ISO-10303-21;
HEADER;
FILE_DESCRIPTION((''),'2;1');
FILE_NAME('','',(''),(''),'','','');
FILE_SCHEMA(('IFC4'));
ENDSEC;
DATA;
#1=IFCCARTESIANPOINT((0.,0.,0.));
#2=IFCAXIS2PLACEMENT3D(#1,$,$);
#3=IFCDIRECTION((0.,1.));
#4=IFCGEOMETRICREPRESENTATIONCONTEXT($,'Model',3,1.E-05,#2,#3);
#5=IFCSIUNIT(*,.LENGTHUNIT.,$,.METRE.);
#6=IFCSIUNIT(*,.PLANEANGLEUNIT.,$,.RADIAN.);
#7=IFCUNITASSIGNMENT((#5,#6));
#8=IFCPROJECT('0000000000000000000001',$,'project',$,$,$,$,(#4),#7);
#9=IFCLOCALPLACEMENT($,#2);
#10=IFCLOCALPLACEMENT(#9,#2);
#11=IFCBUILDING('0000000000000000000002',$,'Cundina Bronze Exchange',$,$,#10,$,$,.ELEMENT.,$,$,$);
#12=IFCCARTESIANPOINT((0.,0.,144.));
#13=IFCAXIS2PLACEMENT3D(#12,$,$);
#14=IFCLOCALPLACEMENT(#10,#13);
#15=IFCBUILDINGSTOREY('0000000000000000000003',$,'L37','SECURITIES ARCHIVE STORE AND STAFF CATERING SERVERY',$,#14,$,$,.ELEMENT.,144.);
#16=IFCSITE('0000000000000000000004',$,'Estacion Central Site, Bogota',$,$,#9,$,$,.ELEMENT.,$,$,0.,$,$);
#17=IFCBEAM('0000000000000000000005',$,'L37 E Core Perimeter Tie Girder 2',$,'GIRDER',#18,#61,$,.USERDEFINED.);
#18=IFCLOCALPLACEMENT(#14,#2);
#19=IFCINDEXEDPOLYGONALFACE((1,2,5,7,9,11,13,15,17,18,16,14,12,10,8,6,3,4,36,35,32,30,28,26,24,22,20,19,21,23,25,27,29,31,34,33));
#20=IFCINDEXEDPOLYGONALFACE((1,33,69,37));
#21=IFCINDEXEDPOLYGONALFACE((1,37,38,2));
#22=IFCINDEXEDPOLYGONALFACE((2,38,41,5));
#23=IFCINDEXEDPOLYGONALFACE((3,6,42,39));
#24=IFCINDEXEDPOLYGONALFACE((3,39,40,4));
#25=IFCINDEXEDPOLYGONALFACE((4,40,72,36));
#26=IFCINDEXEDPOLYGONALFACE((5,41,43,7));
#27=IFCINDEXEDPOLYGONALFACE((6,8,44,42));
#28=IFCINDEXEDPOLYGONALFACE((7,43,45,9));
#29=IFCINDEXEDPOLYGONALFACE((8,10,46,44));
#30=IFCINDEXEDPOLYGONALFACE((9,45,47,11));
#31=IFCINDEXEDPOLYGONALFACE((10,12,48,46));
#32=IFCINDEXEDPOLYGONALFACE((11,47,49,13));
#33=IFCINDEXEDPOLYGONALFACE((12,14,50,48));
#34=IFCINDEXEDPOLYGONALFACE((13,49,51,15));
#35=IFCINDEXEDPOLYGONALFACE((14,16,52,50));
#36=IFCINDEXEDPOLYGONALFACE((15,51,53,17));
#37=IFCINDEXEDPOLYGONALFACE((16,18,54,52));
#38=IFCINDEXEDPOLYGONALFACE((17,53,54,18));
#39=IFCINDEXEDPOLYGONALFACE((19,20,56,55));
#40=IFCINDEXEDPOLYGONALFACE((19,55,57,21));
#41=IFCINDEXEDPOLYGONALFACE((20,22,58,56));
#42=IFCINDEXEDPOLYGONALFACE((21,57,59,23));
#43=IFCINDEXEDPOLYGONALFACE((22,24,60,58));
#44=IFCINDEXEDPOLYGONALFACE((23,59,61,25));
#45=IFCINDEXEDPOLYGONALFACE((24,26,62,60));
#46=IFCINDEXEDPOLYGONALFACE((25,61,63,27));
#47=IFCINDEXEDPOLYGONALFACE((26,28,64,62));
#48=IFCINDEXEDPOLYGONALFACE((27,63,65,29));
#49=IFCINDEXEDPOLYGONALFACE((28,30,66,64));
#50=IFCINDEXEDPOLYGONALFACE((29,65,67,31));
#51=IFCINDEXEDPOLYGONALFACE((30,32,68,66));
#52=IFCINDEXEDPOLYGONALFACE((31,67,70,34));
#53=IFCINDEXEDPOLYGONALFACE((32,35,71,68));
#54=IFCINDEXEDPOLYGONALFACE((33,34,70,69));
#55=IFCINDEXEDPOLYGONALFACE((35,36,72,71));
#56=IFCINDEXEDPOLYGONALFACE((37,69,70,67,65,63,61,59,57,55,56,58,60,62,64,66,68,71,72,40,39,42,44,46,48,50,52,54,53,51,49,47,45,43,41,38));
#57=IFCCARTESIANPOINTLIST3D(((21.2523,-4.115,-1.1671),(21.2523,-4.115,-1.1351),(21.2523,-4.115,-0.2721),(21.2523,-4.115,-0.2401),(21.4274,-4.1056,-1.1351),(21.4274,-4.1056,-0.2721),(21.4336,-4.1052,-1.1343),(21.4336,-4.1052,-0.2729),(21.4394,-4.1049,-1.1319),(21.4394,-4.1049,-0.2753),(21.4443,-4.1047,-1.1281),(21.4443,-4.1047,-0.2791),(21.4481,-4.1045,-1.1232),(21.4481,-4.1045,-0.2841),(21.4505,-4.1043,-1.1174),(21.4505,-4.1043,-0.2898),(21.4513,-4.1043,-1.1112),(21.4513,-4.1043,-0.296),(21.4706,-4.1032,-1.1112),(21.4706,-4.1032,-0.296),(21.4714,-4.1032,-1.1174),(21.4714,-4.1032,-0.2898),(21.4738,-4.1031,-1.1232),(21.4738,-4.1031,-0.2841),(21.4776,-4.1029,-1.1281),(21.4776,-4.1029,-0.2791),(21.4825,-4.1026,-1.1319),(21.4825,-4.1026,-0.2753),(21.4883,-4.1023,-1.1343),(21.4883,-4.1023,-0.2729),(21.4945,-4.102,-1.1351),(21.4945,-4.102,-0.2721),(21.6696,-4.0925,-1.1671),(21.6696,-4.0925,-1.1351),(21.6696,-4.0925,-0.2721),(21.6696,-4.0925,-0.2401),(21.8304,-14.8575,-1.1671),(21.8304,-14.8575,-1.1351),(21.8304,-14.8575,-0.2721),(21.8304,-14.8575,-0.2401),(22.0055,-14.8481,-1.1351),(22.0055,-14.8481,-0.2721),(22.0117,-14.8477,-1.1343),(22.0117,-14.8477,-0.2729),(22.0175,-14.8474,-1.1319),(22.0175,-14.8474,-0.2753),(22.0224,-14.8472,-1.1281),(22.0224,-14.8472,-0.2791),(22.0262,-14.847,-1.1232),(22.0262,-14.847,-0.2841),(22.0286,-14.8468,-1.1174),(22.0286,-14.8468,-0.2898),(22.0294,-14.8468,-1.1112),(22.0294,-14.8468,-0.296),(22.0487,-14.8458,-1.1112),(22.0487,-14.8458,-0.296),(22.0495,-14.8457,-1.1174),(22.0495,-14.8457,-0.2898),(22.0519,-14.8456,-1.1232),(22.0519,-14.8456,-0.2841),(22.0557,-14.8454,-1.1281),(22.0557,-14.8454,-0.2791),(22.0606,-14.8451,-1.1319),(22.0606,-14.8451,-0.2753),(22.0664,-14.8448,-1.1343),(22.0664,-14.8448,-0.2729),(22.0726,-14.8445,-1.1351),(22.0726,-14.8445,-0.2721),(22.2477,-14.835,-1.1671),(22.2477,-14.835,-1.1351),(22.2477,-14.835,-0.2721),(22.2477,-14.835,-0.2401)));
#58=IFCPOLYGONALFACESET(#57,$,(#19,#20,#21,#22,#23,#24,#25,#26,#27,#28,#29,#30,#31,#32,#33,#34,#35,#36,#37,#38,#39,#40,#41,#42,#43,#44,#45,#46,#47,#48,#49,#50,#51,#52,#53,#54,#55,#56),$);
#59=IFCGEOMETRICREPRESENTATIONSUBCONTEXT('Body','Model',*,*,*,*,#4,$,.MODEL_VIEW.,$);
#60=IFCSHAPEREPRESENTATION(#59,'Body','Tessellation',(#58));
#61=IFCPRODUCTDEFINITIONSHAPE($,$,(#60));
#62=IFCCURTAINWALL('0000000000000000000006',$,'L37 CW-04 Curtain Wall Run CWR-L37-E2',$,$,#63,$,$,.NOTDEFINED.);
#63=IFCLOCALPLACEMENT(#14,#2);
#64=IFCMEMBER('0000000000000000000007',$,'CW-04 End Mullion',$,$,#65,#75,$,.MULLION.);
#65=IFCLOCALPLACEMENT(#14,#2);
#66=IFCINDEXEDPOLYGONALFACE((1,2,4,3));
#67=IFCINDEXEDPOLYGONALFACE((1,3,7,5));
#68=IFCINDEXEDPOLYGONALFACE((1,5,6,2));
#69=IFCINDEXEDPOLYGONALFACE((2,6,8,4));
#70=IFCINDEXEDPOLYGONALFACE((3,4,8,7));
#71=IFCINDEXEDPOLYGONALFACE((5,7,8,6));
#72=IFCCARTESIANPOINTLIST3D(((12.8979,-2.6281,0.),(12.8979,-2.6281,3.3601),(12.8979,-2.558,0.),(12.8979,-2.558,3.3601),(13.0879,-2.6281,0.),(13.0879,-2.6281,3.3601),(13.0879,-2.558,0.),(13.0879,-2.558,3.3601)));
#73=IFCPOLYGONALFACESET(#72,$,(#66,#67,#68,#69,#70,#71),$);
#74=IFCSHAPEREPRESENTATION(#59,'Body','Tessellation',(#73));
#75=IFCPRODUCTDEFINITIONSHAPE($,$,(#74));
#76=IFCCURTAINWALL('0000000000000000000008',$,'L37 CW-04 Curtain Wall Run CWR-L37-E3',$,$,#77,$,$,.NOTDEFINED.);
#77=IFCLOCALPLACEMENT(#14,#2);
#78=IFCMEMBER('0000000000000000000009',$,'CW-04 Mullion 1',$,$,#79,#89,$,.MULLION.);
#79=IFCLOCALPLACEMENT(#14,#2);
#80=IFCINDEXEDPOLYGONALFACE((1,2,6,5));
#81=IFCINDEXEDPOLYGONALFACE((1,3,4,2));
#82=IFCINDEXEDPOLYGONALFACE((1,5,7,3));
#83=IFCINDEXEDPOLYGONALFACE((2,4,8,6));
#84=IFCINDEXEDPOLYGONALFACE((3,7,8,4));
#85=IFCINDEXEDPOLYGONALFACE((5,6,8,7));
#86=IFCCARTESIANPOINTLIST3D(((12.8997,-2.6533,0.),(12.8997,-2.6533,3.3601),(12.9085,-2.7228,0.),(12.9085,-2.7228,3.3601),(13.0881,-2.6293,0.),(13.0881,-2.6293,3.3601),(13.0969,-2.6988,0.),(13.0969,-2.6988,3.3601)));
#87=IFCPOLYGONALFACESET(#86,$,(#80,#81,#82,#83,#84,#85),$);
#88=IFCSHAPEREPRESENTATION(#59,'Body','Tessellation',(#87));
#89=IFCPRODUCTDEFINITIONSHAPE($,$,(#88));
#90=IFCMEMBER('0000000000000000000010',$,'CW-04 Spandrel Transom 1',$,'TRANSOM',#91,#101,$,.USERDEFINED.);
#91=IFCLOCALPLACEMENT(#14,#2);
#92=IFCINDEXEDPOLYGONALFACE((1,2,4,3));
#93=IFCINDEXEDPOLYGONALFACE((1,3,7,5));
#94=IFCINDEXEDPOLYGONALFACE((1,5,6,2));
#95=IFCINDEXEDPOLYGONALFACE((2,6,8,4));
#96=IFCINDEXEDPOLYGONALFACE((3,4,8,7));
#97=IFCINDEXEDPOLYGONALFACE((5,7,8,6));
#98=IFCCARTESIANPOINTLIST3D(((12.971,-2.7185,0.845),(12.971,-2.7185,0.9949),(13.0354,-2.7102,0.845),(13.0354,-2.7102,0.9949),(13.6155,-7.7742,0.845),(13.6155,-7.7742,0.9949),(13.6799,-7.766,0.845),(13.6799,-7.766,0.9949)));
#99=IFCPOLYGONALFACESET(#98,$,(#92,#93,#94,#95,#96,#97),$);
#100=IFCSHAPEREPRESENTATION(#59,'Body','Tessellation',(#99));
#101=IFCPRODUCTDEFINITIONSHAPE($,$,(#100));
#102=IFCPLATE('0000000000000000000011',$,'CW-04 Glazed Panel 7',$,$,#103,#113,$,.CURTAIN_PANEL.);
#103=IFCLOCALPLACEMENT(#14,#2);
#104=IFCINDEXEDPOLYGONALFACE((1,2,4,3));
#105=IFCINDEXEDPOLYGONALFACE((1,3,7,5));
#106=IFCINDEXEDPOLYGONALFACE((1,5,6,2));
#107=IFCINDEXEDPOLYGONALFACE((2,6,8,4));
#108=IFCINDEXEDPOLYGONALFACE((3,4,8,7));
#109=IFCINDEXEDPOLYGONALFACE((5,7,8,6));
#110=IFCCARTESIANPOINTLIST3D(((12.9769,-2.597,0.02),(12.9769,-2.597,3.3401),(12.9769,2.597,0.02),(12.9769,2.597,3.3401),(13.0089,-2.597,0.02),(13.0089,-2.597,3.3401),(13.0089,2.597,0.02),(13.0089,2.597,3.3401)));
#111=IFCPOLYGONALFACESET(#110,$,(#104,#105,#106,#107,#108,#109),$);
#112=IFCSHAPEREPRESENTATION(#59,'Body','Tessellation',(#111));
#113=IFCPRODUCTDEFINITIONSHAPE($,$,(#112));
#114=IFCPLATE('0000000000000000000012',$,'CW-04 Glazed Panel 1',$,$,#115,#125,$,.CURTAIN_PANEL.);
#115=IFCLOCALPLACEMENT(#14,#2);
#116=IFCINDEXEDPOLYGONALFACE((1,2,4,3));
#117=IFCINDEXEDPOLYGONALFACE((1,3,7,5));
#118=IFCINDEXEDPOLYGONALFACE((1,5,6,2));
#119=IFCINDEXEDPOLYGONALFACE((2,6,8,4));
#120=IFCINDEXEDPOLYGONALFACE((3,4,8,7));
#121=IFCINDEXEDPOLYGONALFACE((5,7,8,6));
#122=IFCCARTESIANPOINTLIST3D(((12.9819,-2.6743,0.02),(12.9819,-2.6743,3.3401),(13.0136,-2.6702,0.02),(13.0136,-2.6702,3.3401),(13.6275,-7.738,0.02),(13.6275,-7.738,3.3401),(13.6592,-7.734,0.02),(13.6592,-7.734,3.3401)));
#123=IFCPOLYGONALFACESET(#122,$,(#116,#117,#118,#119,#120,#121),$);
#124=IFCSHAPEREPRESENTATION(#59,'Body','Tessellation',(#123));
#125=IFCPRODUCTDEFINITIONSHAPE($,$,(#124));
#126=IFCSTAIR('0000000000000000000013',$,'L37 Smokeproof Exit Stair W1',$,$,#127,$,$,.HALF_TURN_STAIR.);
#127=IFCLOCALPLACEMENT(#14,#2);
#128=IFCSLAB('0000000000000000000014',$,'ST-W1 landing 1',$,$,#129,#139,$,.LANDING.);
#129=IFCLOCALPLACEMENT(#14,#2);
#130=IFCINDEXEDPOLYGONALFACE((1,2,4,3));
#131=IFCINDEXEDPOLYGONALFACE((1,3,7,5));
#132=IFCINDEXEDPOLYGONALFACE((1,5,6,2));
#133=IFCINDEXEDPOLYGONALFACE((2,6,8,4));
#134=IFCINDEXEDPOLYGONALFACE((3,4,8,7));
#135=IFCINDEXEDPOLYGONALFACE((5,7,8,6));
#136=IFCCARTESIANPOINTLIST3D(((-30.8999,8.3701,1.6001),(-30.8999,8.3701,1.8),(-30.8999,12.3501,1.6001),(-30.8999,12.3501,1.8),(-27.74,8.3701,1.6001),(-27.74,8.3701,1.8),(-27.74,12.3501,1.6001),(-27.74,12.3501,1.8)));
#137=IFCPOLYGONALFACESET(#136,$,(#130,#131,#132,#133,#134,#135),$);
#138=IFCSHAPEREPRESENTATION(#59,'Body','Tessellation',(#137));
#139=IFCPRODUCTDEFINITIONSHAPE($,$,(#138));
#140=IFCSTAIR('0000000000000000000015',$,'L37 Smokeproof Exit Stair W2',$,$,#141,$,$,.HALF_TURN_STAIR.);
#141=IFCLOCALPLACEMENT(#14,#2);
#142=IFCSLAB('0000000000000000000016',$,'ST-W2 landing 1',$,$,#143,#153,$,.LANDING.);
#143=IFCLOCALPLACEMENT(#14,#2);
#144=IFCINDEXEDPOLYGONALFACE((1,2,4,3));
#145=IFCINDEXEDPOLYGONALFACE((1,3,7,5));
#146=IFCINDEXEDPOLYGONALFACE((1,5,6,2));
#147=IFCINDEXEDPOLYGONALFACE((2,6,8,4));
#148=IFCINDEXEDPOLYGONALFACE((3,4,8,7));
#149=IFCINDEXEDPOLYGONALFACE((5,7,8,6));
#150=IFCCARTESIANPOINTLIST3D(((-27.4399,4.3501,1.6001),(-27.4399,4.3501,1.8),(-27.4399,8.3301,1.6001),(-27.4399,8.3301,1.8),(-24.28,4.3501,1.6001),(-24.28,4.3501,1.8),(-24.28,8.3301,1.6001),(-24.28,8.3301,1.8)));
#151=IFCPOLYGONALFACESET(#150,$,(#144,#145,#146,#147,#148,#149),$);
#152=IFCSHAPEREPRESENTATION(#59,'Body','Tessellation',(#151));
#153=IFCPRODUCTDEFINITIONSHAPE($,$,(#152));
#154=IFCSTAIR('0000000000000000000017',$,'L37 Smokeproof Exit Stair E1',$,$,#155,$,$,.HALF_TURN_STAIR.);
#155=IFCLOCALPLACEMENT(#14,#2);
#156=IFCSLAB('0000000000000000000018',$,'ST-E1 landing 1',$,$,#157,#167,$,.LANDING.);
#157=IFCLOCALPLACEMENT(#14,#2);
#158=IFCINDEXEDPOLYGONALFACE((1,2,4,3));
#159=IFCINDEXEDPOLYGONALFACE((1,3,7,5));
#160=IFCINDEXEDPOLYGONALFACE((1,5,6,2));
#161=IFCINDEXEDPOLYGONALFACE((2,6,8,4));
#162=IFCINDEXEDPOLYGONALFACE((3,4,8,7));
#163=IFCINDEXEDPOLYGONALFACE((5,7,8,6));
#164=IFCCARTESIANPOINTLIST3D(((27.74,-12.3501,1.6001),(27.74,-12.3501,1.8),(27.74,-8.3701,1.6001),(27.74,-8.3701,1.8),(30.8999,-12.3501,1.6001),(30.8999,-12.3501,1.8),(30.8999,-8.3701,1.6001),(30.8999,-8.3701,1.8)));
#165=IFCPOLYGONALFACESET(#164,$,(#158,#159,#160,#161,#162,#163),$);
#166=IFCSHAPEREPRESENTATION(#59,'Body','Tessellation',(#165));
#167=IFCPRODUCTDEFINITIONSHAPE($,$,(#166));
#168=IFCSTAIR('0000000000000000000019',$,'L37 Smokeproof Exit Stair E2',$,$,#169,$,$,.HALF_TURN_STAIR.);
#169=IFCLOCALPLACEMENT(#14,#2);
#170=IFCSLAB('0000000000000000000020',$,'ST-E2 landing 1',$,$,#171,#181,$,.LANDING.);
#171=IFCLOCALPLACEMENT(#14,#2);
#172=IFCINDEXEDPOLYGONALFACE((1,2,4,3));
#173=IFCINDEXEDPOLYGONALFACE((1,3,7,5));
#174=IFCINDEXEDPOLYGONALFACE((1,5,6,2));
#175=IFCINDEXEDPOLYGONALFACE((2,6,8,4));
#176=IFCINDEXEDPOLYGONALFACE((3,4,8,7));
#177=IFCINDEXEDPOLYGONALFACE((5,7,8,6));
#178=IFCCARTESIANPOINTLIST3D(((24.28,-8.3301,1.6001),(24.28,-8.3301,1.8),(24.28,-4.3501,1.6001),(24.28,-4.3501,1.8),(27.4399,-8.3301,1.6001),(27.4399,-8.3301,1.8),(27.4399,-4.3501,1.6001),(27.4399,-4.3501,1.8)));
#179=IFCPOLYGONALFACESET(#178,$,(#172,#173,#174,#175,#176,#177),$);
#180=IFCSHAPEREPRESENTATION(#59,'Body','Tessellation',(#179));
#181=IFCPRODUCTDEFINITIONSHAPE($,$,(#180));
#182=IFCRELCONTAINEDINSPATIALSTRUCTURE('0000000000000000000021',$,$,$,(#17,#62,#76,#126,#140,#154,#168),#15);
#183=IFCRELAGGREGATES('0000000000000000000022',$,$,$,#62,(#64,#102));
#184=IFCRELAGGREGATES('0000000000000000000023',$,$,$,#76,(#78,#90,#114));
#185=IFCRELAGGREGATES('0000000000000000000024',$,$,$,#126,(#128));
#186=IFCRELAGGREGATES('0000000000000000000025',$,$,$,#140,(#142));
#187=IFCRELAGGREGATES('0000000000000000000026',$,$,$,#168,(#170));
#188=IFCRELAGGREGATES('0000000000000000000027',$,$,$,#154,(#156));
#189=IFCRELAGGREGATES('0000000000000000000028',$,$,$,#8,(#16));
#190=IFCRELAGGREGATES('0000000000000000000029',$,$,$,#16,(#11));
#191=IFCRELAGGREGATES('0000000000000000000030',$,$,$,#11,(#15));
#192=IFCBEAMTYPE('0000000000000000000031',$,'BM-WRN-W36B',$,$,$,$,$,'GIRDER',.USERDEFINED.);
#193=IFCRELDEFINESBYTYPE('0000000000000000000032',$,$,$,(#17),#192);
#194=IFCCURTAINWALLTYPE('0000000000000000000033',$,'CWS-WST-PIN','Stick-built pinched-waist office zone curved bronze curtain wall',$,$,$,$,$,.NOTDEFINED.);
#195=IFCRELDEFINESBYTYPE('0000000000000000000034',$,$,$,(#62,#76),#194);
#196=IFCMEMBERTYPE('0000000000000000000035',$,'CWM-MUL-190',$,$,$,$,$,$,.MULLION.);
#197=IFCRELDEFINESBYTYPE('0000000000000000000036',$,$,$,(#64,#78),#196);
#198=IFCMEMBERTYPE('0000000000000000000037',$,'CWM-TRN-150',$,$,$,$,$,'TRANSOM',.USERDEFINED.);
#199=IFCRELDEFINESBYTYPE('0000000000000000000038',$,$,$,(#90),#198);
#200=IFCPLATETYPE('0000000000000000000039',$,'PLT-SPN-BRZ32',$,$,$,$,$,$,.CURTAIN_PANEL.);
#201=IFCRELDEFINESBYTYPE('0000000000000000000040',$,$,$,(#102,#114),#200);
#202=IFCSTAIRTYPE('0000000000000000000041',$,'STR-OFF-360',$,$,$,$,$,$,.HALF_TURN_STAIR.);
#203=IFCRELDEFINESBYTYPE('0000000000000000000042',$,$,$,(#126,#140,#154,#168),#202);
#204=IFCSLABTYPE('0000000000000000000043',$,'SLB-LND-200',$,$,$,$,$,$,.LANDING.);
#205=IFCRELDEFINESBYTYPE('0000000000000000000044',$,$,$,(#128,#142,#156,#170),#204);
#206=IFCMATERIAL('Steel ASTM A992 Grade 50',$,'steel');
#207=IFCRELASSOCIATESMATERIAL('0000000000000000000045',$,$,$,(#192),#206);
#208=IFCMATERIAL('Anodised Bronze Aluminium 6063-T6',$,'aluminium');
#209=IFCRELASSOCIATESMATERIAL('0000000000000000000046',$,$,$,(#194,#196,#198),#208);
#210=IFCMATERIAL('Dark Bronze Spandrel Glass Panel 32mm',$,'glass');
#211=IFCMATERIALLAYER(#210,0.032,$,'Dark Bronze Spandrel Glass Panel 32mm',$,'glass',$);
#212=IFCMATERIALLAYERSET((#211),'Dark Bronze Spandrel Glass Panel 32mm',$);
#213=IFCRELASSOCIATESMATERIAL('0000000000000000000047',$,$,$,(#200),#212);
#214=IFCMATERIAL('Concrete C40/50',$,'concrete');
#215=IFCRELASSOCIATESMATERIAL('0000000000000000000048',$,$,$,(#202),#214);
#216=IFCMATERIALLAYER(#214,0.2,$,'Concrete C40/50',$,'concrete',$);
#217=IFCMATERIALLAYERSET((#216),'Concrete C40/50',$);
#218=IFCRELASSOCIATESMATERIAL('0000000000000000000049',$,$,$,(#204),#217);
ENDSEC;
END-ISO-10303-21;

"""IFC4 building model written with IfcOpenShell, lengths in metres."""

from ifc_helpers import new_model, si_unit, direction, frame, origin, origin_2d, place, context, subcontext, project, spatial, polyline, rectangle, i_section, outline, extrude, material, layer, layer_set, material_profile, profile_set, type_object, element, aggregate, save


model = new_model("IFC4")

# Units and contexts
model_context = context("Model", 3, precision=1e-05, world=origin(), true_north=direction((0.0, 1.0)))
body_context = subcontext(model_context, "Body", "Model", "MODEL_VIEW")
ifc_project = project(units=[si_unit("LENGTHUNIT", "METRE"), si_unit("PLANEANGLEUNIT", "RADIAN")], contexts=[model_context])

# Site, building, storey
site_placement = place(None, origin())
site = spatial("IfcSite", under=ifc_project, at=site_placement, Name="Estacion Central Site, Bogota", CompositionType="ELEMENT", RefElevation=0.0)
building_placement = place(site_placement, origin())
building = spatial("IfcBuilding", under=site, at=building_placement, Name="Cundina Bronze Exchange", CompositionType="ELEMENT")
storey_placement = place(building_placement, frame((0.0, 0.0, 144.0)))
storey = spatial("IfcBuildingStorey", under=building, at=storey_placement, Name="L37", Description="SECURITIES ARCHIVE STORE AND STAFF CATERING SERVERY", CompositionType="ELEMENT", Elevation=144.0)

# Shared definitions
ifc_material_1 = material(Name="Steel ASTM A992 Grade 50", Category="steel")

# Beam
ifc_material_profile_1 = material_profile(ifc_material_1, i_section(OverallWidth=0.418, OverallDepth=0.927, WebThickness=0.0193, FlangeThickness=0.032, FilletRadius=0.0239, at=origin_2d()), Name="W36X231", Category="steel")
ifc_profile_set_1 = profile_set([ifc_material_profile_1], Name="Steel ASTM A992 Grade 50")
beam_type_1 = type_object("IfcBeamType", Name="BM-WRN-W36B", ElementType="GIRDER", PredefinedType="USERDEFINED", material=ifc_profile_set_1)
beam_1_placement = place(storey_placement, frame((21.4609, -4.1038, -0.7036), z_axis=(0.053739, -0.998555, 0.0), x_axis=(0.998555, 0.053739, 0.0)))
element("IfcBeam", 1, at=beam_1_placement, inside=storey, type_object=beam_type_1, Name="L37 E Core Perimeter Tie Girder 2", ObjectType="GIRDER", PredefinedType="USERDEFINED", context=body_context, shape_type="SweptSolid", body=[
    extrude(i_section(OverallWidth=0.418, OverallDepth=0.927, WebThickness=0.0193, FlangeThickness=0.032, FilletRadius=0.0239, at=origin_2d()), origin(), (0.0, 0.0, 1.0), 10.7581),
])

# Curtain wall, member
ifc_material_2 = material(Name="Anodised Bronze Aluminium 6063-T6", Category="aluminium")
curtain_wall_type = type_object("IfcCurtainWallType", Name="CWS-WST-PIN", Description="Stick-built pinched-waist office zone curved bronze curtain wall", PredefinedType="NOTDEFINED", material=ifc_material_2)
curtain_wall_1_placement = place(storey_placement, origin())
curtain_wall_1 = element("IfcCurtainWall", 2, at=curtain_wall_1_placement, inside=storey, type_object=curtain_wall_type, Name="L37 CW-04 Curtain Wall Run CWR-L37-E2", PredefinedType="NOTDEFINED")
ifc_material_profile_2 = material_profile(ifc_material_2, rectangle(XDim=0.0701, YDim=0.1899, at=origin_2d()), Name="AL70X190", Category="aluminium")
ifc_profile_set_2 = profile_set([ifc_material_profile_2], Name="Anodised Bronze Aluminium 6063-T6")
member_type_1 = type_object("IfcMemberType", Name="CWM-MUL-190", PredefinedType="MULLION", material=ifc_profile_set_2)
member_1_placement = place(storey_placement, frame((12.9929, -2.593, 0.0), z_axis=(0.0, 0.0, 1.0), x_axis=(0.0, -1.0, 0.0)))
member_1 = element("IfcMember", 3, at=member_1_placement, type_object=member_type_1, Name="CW-04 End Mullion", PredefinedType="MULLION", context=body_context, shape_type="SweptSolid", body=[
    extrude(rectangle(XDim=0.0701, YDim=0.1899, at=origin_2d()), origin(), (0.0, 0.0, 1.0), 3.3601),
])

# Curtain wall, members
curtain_wall_2_placement = place(storey_placement, origin())
curtain_wall_2 = element("IfcCurtainWall", 4, at=curtain_wall_2_placement, inside=storey, type_object=curtain_wall_type, Name="L37 CW-04 Curtain Wall Run CWR-L37-E3", PredefinedType="NOTDEFINED")
member_2_placement = place(storey_placement, frame((12.9983, -2.676, 0.0), z_axis=(0.0, 0.0, 1.0), x_axis=(0.126545, -0.991961, 0.0)))
member_2 = element("IfcMember", 5, at=member_2_placement, type_object=member_type_1, Name="CW-04 Mullion 1", PredefinedType="MULLION", context=body_context, shape_type="SweptSolid", body=[
    extrude(rectangle(XDim=0.0701, YDim=0.1899, at=origin_2d()), origin(), (0.0, 0.0, 1.0), 3.3601),
])
ifc_material_profile_3 = material_profile(ifc_material_2, rectangle(XDim=0.0649, YDim=0.1499, at=origin_2d()), Name="AL65X150", Category="aluminium")
ifc_profile_set_3 = profile_set([ifc_material_profile_3], Name="Anodised Bronze Aluminium 6063-T6")
member_type_2 = type_object("IfcMemberType", Name="CWM-TRN-150", ElementType="TRANSOM", PredefinedType="USERDEFINED", material=ifc_profile_set_3)
member_3_placement = place(storey_placement, frame((13.0032, -2.7144, 0.9199), z_axis=(0.126463, -0.991971, 0.0), x_axis=(0.991971, 0.126463, 0.0)))
member_3 = element("IfcMember", 6, at=member_3_placement, type_object=member_type_2, Name="CW-04 Spandrel Transom 1", ObjectType="TRANSOM", PredefinedType="USERDEFINED", context=body_context, shape_type="SweptSolid", body=[
    extrude(rectangle(XDim=0.0649, YDim=0.1499, at=origin_2d()), origin(), (0.0, 0.0, 1.0), 5.0967),
])

# Plates
ifc_material_3 = material(Name="Dark Bronze Spandrel Glass Panel 32mm", Category="glass")
ifc_layer_1 = layer(ifc_material_3, 0.032, Name="Dark Bronze Spandrel Glass Panel 32mm", Category="glass")
ifc_layer_set_1 = layer_set([ifc_layer_1], Name="Dark Bronze Spandrel Glass Panel 32mm")
plate_type = type_object("IfcPlateType", Name="PLT-SPN-BRZ32", PredefinedType="CURTAIN_PANEL", material=ifc_layer_set_1)
plate_1_placement = place(storey_placement, frame((12.9929, 0.0, 0.02), z_axis=(0.0, 0.0, 1.0), x_axis=(0.0, -1.0, 0.0)))
plate_1 = element("IfcPlate", 7, at=plate_1_placement, type_object=plate_type, Name="CW-04 Glazed Panel 7", PredefinedType="CURTAIN_PANEL", context=body_context, shape_type="SweptSolid", body=[
    extrude(rectangle(XDim=5.1941, YDim=0.032, at=origin_2d()), origin(), (0.0, 0.0, 1.0), 3.3201),
])
aggregate(curtain_wall_1, [member_1, plate_1])
plate_2_placement = place(storey_placement, frame((13.3206, -5.2041, 0.02), z_axis=(0.0, 0.0, 1.0), x_axis=(0.126476, -0.99197, 0.0)))
plate_2 = element("IfcPlate", 8, at=plate_2_placement, type_object=plate_type, Name="CW-04 Glazed Panel 1", PredefinedType="CURTAIN_PANEL", context=body_context, shape_type="SweptSolid", body=[
    extrude(rectangle(XDim=5.1047, YDim=0.032, at=origin_2d()), origin(), (0.0, 0.0, 1.0), 3.3201),
])
aggregate(curtain_wall_2, [member_2, member_3, plate_2])

# Stairs, slabs
ifc_material_4 = material(Name="Concrete C40/50", Category="concrete")
stair_type = type_object("IfcStairType", Name="STR-OFF-360", PredefinedType="HALF_TURN_STAIR", material=ifc_material_4)
stair_1_placement = place(storey_placement, origin())
stair_1 = element("IfcStair", 9, at=stair_1_placement, inside=storey, type_object=stair_type, Name="L37 Smokeproof Exit Stair W1", PredefinedType="HALF_TURN_STAIR")
ifc_layer_2 = layer(ifc_material_4, 0.2, Name="Concrete C40/50", Category="concrete")
ifc_layer_set_2 = layer_set([ifc_layer_2], Name="Concrete C40/50")
slab_type_1 = type_object("IfcSlabType", Name="SLB-LND-200", PredefinedType="LANDING", material=ifc_layer_set_2)
slab_1_placement = place(storey_placement, frame((0.0, 0.0, 1.6001)))
slab_1 = element("IfcSlab", 10, at=slab_1_placement, type_object=slab_type_1, Name="ST-W1 landing 1", PredefinedType="LANDING", context=body_context, shape_type="SweptSolid", body=[
    extrude(outline(polyline([(-27.74, 8.3701), (-27.74, 12.3501), (-30.8999, 12.3501), (-30.8999, 8.3701), (-27.74, 8.3701)])), origin(), (0.0, 0.0, 1.0), 0.2),
])
aggregate(stair_1, [slab_1])
stair_2_placement = place(storey_placement, origin())
stair_2 = element("IfcStair", 11, at=stair_2_placement, inside=storey, type_object=stair_type, Name="L37 Smokeproof Exit Stair W2", PredefinedType="HALF_TURN_STAIR")
slab_2_placement = place(storey_placement, frame((0.0, 0.0, 1.6001)))
slab_2 = element("IfcSlab", 12, at=slab_2_placement, type_object=slab_type_1, Name="ST-W2 landing 1", PredefinedType="LANDING", context=body_context, shape_type="SweptSolid", body=[
    extrude(outline(polyline([(-27.4399, 8.3301), (-27.4399, 4.3501), (-24.28, 4.3501), (-24.28, 8.3301), (-27.4399, 8.3301)])), origin(), (0.0, 0.0, 1.0), 0.2),
])
aggregate(stair_2, [slab_2])
stair_3_placement = place(storey_placement, origin())
stair_3 = element("IfcStair", 13, at=stair_3_placement, inside=storey, type_object=stair_type, Name="L37 Smokeproof Exit Stair E1", PredefinedType="HALF_TURN_STAIR")
slab_3_placement = place(storey_placement, frame((0.0, 0.0, 1.6001)))
slab_3 = element("IfcSlab", 14, at=slab_3_placement, type_object=slab_type_1, Name="ST-E1 landing 1", PredefinedType="LANDING", context=body_context, shape_type="SweptSolid", body=[
    extrude(outline(polyline([(27.74, -8.3701), (27.74, -12.3501), (30.8999, -12.3501), (30.8999, -8.3701), (27.74, -8.3701)])), origin(), (0.0, 0.0, 1.0), 0.2),
])
stair_4_placement = place(storey_placement, origin())
stair_4 = element("IfcStair", 15, at=stair_4_placement, inside=storey, type_object=stair_type, Name="L37 Smokeproof Exit Stair E2", PredefinedType="HALF_TURN_STAIR")
slab_4_placement = place(storey_placement, frame((0.0, 0.0, 1.6001)))
slab_4 = element("IfcSlab", 16, at=slab_4_placement, type_object=slab_type_1, Name="ST-E2 landing 1", PredefinedType="LANDING", context=body_context, shape_type="SweptSolid", body=[
    extrude(outline(polyline([(27.4399, -8.3301), (27.4399, -4.3501), (24.28, -4.3501), (24.28, -8.3301), (27.4399, -8.3301)])), origin(), (0.0, 0.0, 1.0), 0.2),
])
aggregate(stair_4, [slab_4])

aggregate(stair_3, [slab_3])

save(model, "model.ifc")
